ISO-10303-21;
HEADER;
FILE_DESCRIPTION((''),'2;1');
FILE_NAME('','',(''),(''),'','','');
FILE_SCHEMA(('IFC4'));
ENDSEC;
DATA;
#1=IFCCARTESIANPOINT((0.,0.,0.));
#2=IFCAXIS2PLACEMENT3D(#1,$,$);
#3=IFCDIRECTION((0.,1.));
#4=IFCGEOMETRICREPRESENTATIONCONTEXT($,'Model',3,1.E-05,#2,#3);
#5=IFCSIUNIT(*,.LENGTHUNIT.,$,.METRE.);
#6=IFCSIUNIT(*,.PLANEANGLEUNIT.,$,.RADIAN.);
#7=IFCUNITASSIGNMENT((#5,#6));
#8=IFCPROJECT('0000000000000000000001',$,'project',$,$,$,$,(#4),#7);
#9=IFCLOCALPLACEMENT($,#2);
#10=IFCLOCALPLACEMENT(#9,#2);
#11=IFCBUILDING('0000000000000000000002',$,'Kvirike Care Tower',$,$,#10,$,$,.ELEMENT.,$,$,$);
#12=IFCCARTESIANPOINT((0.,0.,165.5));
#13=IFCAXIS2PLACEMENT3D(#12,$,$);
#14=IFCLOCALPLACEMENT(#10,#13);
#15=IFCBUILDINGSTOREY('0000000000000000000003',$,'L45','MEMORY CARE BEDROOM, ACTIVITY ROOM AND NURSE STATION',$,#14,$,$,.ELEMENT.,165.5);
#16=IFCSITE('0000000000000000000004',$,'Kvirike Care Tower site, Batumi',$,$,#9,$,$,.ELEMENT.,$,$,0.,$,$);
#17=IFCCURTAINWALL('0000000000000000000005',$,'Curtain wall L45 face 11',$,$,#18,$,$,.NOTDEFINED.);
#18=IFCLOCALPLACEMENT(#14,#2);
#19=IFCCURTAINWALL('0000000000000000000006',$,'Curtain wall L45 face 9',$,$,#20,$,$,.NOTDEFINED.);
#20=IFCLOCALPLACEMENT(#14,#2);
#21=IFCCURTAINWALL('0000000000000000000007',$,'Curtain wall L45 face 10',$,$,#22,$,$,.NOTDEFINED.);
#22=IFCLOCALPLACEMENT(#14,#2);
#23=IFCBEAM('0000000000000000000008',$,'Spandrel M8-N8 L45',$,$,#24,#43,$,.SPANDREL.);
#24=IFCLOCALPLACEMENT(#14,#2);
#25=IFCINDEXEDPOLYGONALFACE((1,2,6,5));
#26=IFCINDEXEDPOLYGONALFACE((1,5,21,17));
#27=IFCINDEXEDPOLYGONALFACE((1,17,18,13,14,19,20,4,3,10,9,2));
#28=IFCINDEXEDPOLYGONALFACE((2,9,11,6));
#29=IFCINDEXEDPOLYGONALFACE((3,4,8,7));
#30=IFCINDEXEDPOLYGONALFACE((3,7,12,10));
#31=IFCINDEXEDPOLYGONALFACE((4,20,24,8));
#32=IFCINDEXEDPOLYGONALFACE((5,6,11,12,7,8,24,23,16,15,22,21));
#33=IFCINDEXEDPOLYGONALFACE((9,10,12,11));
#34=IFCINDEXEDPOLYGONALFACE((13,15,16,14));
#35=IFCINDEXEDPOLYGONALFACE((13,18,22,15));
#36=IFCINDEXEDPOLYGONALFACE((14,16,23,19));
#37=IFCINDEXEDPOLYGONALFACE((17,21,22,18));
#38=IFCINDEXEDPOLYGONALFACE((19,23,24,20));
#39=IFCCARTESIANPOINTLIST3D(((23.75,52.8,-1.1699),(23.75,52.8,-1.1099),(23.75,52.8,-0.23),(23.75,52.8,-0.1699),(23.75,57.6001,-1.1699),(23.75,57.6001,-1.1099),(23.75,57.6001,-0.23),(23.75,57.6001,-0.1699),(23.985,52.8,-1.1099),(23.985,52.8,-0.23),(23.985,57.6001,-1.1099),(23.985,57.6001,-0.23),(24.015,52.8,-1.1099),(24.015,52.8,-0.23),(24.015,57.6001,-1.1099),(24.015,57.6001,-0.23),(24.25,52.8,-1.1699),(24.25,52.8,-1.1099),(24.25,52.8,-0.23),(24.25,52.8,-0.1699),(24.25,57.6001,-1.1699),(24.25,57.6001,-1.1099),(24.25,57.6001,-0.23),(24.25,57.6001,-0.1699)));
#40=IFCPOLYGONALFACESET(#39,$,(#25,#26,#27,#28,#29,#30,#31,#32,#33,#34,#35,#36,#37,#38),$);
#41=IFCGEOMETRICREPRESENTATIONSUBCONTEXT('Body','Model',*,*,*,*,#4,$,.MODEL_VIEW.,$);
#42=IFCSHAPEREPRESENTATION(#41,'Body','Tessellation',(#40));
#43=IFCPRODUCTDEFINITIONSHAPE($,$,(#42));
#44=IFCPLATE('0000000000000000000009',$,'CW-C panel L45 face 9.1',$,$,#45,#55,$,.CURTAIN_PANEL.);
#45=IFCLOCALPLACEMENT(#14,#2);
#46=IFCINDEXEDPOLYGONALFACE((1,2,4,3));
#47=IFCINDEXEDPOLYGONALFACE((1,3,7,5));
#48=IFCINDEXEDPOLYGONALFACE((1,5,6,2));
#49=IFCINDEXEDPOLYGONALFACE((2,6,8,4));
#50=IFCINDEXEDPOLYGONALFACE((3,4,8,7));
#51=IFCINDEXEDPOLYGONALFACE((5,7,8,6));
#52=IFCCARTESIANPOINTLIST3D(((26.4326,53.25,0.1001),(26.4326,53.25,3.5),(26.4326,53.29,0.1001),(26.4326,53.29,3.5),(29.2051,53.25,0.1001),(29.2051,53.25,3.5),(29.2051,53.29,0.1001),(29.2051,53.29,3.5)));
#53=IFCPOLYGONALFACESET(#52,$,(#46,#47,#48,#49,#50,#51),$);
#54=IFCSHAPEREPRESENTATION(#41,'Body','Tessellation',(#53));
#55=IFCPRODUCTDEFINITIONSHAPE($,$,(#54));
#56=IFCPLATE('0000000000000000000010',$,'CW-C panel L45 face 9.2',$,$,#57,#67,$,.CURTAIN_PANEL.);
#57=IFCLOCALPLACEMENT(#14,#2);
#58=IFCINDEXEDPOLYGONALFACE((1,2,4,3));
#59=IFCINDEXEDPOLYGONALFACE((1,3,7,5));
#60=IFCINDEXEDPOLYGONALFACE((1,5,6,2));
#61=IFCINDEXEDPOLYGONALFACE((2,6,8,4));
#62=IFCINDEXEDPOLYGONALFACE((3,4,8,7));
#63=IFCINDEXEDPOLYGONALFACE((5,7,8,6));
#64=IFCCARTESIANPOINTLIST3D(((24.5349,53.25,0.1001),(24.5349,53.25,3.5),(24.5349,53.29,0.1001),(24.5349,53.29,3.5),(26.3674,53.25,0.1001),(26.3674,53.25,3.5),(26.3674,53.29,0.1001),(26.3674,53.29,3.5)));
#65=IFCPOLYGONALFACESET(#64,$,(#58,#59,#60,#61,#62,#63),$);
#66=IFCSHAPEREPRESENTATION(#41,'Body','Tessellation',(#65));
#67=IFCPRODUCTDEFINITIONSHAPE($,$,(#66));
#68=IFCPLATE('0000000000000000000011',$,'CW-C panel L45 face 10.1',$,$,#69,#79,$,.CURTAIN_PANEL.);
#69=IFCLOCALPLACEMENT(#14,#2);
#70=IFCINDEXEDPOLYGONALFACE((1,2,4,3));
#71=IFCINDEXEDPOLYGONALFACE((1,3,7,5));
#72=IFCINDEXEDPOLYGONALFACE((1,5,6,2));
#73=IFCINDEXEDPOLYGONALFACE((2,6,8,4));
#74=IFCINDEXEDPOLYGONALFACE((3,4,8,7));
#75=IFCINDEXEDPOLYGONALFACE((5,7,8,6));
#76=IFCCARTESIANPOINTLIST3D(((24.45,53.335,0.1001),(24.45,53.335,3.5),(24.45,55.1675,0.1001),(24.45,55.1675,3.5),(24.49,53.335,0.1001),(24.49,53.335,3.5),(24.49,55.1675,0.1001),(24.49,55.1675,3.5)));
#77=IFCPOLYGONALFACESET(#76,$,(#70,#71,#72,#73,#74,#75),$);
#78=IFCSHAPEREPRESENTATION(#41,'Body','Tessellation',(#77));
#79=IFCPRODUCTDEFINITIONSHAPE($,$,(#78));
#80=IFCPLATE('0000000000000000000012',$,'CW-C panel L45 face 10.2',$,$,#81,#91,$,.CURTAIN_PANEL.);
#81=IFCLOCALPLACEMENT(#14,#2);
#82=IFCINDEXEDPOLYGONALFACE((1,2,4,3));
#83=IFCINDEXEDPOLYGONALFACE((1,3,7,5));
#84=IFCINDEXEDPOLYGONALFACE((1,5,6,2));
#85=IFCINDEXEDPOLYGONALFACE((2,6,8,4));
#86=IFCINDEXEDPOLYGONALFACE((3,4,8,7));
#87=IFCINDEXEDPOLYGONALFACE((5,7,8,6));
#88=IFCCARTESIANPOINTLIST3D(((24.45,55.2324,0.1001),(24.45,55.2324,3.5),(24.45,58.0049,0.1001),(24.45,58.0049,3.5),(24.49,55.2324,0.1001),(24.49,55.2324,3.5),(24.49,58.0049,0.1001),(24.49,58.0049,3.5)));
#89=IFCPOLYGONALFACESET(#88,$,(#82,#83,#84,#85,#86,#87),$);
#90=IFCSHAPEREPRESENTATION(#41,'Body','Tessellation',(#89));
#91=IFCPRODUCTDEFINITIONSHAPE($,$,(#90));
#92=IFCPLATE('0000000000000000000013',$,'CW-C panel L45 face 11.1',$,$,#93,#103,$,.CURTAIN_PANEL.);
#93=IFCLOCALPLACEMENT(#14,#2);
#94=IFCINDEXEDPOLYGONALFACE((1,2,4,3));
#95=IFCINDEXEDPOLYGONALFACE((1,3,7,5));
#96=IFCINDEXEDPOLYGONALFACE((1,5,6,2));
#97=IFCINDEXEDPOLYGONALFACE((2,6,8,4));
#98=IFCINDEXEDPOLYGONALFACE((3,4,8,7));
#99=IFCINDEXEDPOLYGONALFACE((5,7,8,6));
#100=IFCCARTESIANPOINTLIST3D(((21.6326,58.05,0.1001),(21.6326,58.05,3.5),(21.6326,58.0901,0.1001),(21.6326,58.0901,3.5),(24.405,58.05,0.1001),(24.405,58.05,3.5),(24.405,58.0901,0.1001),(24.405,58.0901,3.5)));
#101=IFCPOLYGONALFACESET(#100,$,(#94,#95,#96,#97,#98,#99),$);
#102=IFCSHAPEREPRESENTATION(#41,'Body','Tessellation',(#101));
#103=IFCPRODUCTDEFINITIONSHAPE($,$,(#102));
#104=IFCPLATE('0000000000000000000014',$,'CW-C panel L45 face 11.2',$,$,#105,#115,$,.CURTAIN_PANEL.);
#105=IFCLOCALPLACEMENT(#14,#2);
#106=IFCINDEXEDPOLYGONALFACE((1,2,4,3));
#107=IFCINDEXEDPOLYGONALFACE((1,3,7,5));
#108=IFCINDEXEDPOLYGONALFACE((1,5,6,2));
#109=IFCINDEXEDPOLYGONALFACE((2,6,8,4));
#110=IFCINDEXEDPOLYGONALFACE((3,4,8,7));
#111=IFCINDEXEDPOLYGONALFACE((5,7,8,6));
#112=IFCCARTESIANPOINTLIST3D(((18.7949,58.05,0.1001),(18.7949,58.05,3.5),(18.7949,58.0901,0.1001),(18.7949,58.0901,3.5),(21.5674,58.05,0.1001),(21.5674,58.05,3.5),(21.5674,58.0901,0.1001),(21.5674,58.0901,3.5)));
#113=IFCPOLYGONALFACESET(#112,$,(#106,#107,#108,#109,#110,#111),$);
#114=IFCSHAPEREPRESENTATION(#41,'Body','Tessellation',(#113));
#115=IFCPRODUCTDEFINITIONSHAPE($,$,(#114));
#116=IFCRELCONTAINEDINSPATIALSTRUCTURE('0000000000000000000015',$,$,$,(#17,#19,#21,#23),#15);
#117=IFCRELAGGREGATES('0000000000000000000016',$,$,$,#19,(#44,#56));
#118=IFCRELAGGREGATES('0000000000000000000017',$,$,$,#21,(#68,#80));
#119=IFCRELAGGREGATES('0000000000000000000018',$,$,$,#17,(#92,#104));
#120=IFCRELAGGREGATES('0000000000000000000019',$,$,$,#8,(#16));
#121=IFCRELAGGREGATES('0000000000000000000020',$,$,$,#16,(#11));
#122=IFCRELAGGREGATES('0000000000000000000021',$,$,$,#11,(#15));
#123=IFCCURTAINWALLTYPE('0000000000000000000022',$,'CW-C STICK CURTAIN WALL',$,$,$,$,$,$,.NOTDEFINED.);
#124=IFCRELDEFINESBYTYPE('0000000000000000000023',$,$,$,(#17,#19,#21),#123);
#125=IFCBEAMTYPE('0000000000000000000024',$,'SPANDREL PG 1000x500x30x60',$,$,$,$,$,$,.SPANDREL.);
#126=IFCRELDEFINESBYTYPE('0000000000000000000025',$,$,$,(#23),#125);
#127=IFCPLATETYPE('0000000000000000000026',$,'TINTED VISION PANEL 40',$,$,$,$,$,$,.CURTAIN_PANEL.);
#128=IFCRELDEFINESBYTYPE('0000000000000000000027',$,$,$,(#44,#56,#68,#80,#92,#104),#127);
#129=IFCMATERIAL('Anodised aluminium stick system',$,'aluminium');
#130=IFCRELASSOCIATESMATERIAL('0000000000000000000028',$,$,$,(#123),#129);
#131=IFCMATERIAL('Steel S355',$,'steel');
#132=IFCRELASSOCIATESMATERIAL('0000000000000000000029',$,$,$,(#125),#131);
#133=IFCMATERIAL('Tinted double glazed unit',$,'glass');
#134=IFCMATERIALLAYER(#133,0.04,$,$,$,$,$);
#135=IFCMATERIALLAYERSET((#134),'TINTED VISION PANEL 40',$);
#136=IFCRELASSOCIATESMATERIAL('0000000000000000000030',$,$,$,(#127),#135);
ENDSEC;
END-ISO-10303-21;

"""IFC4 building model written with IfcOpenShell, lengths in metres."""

from ifc_helpers import new_model, si_unit, direction, frame, origin, origin_2d, place, context, subcontext, project, spatial, rectangle, i_section, extrude, material, layer, layer_set, material_profile, profile_set, type_object, element, aggregate, save


model = new_model("IFC4")

# Units and contexts
model_context = context("Model", 3, precision=1e-05, world=origin(), true_north=direction((0.0, 1.0)))
body_context = subcontext(model_context, "Body", "Model", "MODEL_VIEW")
ifc_project = project(units=[si_unit("LENGTHUNIT", "METRE"), si_unit("PLANEANGLEUNIT", "RADIAN")], contexts=[model_context])

# Site, building, storey
site_placement = place(None, origin())
site = spatial("IfcSite", under=ifc_project, at=site_placement, Name="Kvirike Care Tower site, Batumi", CompositionType="ELEMENT", RefElevation=0.0)
building_placement = place(site_placement, origin())
building = spatial("IfcBuilding", under=site, at=building_placement, Name="Kvirike Care Tower", CompositionType="ELEMENT")
storey_placement = place(building_placement, frame((0.0, 0.0, 165.5)))
storey = spatial("IfcBuildingStorey", under=building, at=storey_placement, Name="L45", Description="MEMORY CARE BEDROOM, ACTIVITY ROOM AND NURSE STATION", CompositionType="ELEMENT", Elevation=165.5)

# Curtain wall
ifc_material_1 = material(Name="Anodised aluminium stick system", Category="aluminium")
curtain_wall_type = type_object("IfcCurtainWallType", Name="CW-C STICK CURTAIN WALL", PredefinedType="NOTDEFINED", material=ifc_material_1)
curtain_wall_1_placement = place(storey_placement, origin())
curtain_wall_1 = element("IfcCurtainWall", 1, at=curtain_wall_1_placement, inside=storey, type_object=curtain_wall_type, Name="Curtain wall L45 face 11", PredefinedType="NOTDEFINED")

# Curtain walls
curtain_wall_2_placement = place(storey_placement, origin())
curtain_wall_2 = element("IfcCurtainWall", 2, at=curtain_wall_2_placement, inside=storey, type_object=curtain_wall_type, Name="Curtain wall L45 face 9", PredefinedType="NOTDEFINED")
curtain_wall_3_placement = place(storey_placement, origin())
curtain_wall_3 = element("IfcCurtainWall", 3, at=curtain_wall_3_placement, inside=storey, type_object=curtain_wall_type, Name="Curtain wall L45 face 10", PredefinedType="NOTDEFINED")

# Beam
ifc_material_2 = material(Name="Steel S355", Category="steel")
ifc_material_profile_1 = material_profile(ifc_material_2, i_section(OverallWidth=0.5, OverallDepth=1.0, WebThickness=0.03, FlangeThickness=0.0601, at=origin_2d()), Name="PG 1000x500x30x60")
ifc_profile_set_1 = profile_set([ifc_material_profile_1], Name="Steel S355")
beam_type_1 = type_object("IfcBeamType", Name="SPANDREL PG 1000x500x30x60", PredefinedType="SPANDREL", material=ifc_profile_set_1)
for number, where, z_axis, x_axis, name in (
    (4, (24.0, 52.8, -0.6699), (0.0, 1.0, 0.0), (-1.0, 0.0, 0.0), "Spandrel M8-N8 L45"),
):
    element("IfcBeam", number, at=place(storey_placement, frame(where, z_axis=z_axis, x_axis=x_axis)), inside=storey, type_object=beam_type_1, Name=name, PredefinedType="SPANDREL", context=body_context, shape_type="SweptSolid", body=[
        extrude(i_section(OverallWidth=0.5, OverallDepth=1.0, WebThickness=0.03, FlangeThickness=0.0601, at=origin_2d()), origin(), (0.0, 0.0, 1.0), 4.8),
    ])

# Plates
ifc_material_3 = material(Name="Tinted double glazed unit", Category="glass")
ifc_layer = layer(ifc_material_3, 0.04)
ifc_layer_set = layer_set([ifc_layer], Name="TINTED VISION PANEL 40")
plate_type = type_object("IfcPlateType", Name="TINTED VISION PANEL 40", PredefinedType="CURTAIN_PANEL", material=ifc_layer_set)
plate_1_placement = place(storey_placement, frame((27.8188, 53.27, 0.1001), z_axis=(0.0, 0.0, 1.0), x_axis=(-1.0, 0.0, 0.0)))
plate_1 = element("IfcPlate", 5, at=plate_1_placement, type_object=plate_type, Name="CW-C panel L45 face 9.1", PredefinedType="CURTAIN_PANEL", context=body_context, shape_type="SweptSolid", body=[
    extrude(rectangle(XDim=2.7725, YDim=0.04, at=origin_2d()), origin(), (0.0, 0.0, 1.0), 3.3999),
])
plate_2_placement = place(storey_placement, frame((25.4512, 53.27, 0.1001), z_axis=(0.0, 0.0, 1.0), x_axis=(-1.0, 0.0, 0.0)))
plate_2 = element("IfcPlate", 6, at=plate_2_placement, type_object=plate_type, Name="CW-C panel L45 face 9.2", PredefinedType="CURTAIN_PANEL", context=body_context, shape_type="SweptSolid", body=[
    extrude(rectangle(XDim=1.8325, YDim=0.04, at=origin_2d()), origin(), (0.0, 0.0, 1.0), 3.3999),
])
aggregate(curtain_wall_2, [plate_1, plate_2])
plate_3_placement = place(storey_placement, frame((24.47, 54.2512, 0.1001), z_axis=(0.0, 0.0, 1.0), x_axis=(0.0, 1.0, 0.0)))
plate_3 = element("IfcPlate", 7, at=plate_3_placement, type_object=plate_type, Name="CW-C panel L45 face 10.1", PredefinedType="CURTAIN_PANEL", context=body_context, shape_type="SweptSolid", body=[
    extrude(rectangle(XDim=1.8325, YDim=0.04, at=origin_2d()), origin(), (0.0, 0.0, 1.0), 3.3999),
])
plate_4_placement = place(storey_placement, frame((24.47, 56.6187, 0.1001), z_axis=(0.0, 0.0, 1.0), x_axis=(0.0, 1.0, 0.0)))
plate_4 = element("IfcPlate", 8, at=plate_4_placement, type_object=plate_type, Name="CW-C panel L45 face 10.2", PredefinedType="CURTAIN_PANEL", context=body_context, shape_type="SweptSolid", body=[
    extrude(rectangle(XDim=2.7725, YDim=0.04, at=origin_2d()), origin(), (0.0, 0.0, 1.0), 3.3999),
])
aggregate(curtain_wall_3, [plate_3, plate_4])
plate_5_placement = place(storey_placement, frame((23.0188, 58.0701, 0.1001), z_axis=(0.0, 0.0, 1.0), x_axis=(-1.0, 0.0, 0.0)))
plate_5 = element("IfcPlate", 9, at=plate_5_placement, type_object=plate_type, Name="CW-C panel L45 face 11.1", PredefinedType="CURTAIN_PANEL", context=body_context, shape_type="SweptSolid", body=[
    extrude(rectangle(XDim=2.7725, YDim=0.04, at=origin_2d()), origin(), (0.0, 0.0, 1.0), 3.3999),
])
plate_6_placement = place(storey_placement, frame((20.1812, 58.0701, 0.1001), z_axis=(0.0, 0.0, 1.0), x_axis=(-1.0, 0.0, 0.0)))
plate_6 = element("IfcPlate", 10, at=plate_6_placement, type_object=plate_type, Name="CW-C panel L45 face 11.2", PredefinedType="CURTAIN_PANEL", context=body_context, shape_type="SweptSolid", body=[
    extrude(rectangle(XDim=2.7725, YDim=0.04, at=origin_2d()), origin(), (0.0, 0.0, 1.0), 3.3999),
])
aggregate(curtain_wall_1, [plate_5, plate_6])

save(model, "model.ifc")
